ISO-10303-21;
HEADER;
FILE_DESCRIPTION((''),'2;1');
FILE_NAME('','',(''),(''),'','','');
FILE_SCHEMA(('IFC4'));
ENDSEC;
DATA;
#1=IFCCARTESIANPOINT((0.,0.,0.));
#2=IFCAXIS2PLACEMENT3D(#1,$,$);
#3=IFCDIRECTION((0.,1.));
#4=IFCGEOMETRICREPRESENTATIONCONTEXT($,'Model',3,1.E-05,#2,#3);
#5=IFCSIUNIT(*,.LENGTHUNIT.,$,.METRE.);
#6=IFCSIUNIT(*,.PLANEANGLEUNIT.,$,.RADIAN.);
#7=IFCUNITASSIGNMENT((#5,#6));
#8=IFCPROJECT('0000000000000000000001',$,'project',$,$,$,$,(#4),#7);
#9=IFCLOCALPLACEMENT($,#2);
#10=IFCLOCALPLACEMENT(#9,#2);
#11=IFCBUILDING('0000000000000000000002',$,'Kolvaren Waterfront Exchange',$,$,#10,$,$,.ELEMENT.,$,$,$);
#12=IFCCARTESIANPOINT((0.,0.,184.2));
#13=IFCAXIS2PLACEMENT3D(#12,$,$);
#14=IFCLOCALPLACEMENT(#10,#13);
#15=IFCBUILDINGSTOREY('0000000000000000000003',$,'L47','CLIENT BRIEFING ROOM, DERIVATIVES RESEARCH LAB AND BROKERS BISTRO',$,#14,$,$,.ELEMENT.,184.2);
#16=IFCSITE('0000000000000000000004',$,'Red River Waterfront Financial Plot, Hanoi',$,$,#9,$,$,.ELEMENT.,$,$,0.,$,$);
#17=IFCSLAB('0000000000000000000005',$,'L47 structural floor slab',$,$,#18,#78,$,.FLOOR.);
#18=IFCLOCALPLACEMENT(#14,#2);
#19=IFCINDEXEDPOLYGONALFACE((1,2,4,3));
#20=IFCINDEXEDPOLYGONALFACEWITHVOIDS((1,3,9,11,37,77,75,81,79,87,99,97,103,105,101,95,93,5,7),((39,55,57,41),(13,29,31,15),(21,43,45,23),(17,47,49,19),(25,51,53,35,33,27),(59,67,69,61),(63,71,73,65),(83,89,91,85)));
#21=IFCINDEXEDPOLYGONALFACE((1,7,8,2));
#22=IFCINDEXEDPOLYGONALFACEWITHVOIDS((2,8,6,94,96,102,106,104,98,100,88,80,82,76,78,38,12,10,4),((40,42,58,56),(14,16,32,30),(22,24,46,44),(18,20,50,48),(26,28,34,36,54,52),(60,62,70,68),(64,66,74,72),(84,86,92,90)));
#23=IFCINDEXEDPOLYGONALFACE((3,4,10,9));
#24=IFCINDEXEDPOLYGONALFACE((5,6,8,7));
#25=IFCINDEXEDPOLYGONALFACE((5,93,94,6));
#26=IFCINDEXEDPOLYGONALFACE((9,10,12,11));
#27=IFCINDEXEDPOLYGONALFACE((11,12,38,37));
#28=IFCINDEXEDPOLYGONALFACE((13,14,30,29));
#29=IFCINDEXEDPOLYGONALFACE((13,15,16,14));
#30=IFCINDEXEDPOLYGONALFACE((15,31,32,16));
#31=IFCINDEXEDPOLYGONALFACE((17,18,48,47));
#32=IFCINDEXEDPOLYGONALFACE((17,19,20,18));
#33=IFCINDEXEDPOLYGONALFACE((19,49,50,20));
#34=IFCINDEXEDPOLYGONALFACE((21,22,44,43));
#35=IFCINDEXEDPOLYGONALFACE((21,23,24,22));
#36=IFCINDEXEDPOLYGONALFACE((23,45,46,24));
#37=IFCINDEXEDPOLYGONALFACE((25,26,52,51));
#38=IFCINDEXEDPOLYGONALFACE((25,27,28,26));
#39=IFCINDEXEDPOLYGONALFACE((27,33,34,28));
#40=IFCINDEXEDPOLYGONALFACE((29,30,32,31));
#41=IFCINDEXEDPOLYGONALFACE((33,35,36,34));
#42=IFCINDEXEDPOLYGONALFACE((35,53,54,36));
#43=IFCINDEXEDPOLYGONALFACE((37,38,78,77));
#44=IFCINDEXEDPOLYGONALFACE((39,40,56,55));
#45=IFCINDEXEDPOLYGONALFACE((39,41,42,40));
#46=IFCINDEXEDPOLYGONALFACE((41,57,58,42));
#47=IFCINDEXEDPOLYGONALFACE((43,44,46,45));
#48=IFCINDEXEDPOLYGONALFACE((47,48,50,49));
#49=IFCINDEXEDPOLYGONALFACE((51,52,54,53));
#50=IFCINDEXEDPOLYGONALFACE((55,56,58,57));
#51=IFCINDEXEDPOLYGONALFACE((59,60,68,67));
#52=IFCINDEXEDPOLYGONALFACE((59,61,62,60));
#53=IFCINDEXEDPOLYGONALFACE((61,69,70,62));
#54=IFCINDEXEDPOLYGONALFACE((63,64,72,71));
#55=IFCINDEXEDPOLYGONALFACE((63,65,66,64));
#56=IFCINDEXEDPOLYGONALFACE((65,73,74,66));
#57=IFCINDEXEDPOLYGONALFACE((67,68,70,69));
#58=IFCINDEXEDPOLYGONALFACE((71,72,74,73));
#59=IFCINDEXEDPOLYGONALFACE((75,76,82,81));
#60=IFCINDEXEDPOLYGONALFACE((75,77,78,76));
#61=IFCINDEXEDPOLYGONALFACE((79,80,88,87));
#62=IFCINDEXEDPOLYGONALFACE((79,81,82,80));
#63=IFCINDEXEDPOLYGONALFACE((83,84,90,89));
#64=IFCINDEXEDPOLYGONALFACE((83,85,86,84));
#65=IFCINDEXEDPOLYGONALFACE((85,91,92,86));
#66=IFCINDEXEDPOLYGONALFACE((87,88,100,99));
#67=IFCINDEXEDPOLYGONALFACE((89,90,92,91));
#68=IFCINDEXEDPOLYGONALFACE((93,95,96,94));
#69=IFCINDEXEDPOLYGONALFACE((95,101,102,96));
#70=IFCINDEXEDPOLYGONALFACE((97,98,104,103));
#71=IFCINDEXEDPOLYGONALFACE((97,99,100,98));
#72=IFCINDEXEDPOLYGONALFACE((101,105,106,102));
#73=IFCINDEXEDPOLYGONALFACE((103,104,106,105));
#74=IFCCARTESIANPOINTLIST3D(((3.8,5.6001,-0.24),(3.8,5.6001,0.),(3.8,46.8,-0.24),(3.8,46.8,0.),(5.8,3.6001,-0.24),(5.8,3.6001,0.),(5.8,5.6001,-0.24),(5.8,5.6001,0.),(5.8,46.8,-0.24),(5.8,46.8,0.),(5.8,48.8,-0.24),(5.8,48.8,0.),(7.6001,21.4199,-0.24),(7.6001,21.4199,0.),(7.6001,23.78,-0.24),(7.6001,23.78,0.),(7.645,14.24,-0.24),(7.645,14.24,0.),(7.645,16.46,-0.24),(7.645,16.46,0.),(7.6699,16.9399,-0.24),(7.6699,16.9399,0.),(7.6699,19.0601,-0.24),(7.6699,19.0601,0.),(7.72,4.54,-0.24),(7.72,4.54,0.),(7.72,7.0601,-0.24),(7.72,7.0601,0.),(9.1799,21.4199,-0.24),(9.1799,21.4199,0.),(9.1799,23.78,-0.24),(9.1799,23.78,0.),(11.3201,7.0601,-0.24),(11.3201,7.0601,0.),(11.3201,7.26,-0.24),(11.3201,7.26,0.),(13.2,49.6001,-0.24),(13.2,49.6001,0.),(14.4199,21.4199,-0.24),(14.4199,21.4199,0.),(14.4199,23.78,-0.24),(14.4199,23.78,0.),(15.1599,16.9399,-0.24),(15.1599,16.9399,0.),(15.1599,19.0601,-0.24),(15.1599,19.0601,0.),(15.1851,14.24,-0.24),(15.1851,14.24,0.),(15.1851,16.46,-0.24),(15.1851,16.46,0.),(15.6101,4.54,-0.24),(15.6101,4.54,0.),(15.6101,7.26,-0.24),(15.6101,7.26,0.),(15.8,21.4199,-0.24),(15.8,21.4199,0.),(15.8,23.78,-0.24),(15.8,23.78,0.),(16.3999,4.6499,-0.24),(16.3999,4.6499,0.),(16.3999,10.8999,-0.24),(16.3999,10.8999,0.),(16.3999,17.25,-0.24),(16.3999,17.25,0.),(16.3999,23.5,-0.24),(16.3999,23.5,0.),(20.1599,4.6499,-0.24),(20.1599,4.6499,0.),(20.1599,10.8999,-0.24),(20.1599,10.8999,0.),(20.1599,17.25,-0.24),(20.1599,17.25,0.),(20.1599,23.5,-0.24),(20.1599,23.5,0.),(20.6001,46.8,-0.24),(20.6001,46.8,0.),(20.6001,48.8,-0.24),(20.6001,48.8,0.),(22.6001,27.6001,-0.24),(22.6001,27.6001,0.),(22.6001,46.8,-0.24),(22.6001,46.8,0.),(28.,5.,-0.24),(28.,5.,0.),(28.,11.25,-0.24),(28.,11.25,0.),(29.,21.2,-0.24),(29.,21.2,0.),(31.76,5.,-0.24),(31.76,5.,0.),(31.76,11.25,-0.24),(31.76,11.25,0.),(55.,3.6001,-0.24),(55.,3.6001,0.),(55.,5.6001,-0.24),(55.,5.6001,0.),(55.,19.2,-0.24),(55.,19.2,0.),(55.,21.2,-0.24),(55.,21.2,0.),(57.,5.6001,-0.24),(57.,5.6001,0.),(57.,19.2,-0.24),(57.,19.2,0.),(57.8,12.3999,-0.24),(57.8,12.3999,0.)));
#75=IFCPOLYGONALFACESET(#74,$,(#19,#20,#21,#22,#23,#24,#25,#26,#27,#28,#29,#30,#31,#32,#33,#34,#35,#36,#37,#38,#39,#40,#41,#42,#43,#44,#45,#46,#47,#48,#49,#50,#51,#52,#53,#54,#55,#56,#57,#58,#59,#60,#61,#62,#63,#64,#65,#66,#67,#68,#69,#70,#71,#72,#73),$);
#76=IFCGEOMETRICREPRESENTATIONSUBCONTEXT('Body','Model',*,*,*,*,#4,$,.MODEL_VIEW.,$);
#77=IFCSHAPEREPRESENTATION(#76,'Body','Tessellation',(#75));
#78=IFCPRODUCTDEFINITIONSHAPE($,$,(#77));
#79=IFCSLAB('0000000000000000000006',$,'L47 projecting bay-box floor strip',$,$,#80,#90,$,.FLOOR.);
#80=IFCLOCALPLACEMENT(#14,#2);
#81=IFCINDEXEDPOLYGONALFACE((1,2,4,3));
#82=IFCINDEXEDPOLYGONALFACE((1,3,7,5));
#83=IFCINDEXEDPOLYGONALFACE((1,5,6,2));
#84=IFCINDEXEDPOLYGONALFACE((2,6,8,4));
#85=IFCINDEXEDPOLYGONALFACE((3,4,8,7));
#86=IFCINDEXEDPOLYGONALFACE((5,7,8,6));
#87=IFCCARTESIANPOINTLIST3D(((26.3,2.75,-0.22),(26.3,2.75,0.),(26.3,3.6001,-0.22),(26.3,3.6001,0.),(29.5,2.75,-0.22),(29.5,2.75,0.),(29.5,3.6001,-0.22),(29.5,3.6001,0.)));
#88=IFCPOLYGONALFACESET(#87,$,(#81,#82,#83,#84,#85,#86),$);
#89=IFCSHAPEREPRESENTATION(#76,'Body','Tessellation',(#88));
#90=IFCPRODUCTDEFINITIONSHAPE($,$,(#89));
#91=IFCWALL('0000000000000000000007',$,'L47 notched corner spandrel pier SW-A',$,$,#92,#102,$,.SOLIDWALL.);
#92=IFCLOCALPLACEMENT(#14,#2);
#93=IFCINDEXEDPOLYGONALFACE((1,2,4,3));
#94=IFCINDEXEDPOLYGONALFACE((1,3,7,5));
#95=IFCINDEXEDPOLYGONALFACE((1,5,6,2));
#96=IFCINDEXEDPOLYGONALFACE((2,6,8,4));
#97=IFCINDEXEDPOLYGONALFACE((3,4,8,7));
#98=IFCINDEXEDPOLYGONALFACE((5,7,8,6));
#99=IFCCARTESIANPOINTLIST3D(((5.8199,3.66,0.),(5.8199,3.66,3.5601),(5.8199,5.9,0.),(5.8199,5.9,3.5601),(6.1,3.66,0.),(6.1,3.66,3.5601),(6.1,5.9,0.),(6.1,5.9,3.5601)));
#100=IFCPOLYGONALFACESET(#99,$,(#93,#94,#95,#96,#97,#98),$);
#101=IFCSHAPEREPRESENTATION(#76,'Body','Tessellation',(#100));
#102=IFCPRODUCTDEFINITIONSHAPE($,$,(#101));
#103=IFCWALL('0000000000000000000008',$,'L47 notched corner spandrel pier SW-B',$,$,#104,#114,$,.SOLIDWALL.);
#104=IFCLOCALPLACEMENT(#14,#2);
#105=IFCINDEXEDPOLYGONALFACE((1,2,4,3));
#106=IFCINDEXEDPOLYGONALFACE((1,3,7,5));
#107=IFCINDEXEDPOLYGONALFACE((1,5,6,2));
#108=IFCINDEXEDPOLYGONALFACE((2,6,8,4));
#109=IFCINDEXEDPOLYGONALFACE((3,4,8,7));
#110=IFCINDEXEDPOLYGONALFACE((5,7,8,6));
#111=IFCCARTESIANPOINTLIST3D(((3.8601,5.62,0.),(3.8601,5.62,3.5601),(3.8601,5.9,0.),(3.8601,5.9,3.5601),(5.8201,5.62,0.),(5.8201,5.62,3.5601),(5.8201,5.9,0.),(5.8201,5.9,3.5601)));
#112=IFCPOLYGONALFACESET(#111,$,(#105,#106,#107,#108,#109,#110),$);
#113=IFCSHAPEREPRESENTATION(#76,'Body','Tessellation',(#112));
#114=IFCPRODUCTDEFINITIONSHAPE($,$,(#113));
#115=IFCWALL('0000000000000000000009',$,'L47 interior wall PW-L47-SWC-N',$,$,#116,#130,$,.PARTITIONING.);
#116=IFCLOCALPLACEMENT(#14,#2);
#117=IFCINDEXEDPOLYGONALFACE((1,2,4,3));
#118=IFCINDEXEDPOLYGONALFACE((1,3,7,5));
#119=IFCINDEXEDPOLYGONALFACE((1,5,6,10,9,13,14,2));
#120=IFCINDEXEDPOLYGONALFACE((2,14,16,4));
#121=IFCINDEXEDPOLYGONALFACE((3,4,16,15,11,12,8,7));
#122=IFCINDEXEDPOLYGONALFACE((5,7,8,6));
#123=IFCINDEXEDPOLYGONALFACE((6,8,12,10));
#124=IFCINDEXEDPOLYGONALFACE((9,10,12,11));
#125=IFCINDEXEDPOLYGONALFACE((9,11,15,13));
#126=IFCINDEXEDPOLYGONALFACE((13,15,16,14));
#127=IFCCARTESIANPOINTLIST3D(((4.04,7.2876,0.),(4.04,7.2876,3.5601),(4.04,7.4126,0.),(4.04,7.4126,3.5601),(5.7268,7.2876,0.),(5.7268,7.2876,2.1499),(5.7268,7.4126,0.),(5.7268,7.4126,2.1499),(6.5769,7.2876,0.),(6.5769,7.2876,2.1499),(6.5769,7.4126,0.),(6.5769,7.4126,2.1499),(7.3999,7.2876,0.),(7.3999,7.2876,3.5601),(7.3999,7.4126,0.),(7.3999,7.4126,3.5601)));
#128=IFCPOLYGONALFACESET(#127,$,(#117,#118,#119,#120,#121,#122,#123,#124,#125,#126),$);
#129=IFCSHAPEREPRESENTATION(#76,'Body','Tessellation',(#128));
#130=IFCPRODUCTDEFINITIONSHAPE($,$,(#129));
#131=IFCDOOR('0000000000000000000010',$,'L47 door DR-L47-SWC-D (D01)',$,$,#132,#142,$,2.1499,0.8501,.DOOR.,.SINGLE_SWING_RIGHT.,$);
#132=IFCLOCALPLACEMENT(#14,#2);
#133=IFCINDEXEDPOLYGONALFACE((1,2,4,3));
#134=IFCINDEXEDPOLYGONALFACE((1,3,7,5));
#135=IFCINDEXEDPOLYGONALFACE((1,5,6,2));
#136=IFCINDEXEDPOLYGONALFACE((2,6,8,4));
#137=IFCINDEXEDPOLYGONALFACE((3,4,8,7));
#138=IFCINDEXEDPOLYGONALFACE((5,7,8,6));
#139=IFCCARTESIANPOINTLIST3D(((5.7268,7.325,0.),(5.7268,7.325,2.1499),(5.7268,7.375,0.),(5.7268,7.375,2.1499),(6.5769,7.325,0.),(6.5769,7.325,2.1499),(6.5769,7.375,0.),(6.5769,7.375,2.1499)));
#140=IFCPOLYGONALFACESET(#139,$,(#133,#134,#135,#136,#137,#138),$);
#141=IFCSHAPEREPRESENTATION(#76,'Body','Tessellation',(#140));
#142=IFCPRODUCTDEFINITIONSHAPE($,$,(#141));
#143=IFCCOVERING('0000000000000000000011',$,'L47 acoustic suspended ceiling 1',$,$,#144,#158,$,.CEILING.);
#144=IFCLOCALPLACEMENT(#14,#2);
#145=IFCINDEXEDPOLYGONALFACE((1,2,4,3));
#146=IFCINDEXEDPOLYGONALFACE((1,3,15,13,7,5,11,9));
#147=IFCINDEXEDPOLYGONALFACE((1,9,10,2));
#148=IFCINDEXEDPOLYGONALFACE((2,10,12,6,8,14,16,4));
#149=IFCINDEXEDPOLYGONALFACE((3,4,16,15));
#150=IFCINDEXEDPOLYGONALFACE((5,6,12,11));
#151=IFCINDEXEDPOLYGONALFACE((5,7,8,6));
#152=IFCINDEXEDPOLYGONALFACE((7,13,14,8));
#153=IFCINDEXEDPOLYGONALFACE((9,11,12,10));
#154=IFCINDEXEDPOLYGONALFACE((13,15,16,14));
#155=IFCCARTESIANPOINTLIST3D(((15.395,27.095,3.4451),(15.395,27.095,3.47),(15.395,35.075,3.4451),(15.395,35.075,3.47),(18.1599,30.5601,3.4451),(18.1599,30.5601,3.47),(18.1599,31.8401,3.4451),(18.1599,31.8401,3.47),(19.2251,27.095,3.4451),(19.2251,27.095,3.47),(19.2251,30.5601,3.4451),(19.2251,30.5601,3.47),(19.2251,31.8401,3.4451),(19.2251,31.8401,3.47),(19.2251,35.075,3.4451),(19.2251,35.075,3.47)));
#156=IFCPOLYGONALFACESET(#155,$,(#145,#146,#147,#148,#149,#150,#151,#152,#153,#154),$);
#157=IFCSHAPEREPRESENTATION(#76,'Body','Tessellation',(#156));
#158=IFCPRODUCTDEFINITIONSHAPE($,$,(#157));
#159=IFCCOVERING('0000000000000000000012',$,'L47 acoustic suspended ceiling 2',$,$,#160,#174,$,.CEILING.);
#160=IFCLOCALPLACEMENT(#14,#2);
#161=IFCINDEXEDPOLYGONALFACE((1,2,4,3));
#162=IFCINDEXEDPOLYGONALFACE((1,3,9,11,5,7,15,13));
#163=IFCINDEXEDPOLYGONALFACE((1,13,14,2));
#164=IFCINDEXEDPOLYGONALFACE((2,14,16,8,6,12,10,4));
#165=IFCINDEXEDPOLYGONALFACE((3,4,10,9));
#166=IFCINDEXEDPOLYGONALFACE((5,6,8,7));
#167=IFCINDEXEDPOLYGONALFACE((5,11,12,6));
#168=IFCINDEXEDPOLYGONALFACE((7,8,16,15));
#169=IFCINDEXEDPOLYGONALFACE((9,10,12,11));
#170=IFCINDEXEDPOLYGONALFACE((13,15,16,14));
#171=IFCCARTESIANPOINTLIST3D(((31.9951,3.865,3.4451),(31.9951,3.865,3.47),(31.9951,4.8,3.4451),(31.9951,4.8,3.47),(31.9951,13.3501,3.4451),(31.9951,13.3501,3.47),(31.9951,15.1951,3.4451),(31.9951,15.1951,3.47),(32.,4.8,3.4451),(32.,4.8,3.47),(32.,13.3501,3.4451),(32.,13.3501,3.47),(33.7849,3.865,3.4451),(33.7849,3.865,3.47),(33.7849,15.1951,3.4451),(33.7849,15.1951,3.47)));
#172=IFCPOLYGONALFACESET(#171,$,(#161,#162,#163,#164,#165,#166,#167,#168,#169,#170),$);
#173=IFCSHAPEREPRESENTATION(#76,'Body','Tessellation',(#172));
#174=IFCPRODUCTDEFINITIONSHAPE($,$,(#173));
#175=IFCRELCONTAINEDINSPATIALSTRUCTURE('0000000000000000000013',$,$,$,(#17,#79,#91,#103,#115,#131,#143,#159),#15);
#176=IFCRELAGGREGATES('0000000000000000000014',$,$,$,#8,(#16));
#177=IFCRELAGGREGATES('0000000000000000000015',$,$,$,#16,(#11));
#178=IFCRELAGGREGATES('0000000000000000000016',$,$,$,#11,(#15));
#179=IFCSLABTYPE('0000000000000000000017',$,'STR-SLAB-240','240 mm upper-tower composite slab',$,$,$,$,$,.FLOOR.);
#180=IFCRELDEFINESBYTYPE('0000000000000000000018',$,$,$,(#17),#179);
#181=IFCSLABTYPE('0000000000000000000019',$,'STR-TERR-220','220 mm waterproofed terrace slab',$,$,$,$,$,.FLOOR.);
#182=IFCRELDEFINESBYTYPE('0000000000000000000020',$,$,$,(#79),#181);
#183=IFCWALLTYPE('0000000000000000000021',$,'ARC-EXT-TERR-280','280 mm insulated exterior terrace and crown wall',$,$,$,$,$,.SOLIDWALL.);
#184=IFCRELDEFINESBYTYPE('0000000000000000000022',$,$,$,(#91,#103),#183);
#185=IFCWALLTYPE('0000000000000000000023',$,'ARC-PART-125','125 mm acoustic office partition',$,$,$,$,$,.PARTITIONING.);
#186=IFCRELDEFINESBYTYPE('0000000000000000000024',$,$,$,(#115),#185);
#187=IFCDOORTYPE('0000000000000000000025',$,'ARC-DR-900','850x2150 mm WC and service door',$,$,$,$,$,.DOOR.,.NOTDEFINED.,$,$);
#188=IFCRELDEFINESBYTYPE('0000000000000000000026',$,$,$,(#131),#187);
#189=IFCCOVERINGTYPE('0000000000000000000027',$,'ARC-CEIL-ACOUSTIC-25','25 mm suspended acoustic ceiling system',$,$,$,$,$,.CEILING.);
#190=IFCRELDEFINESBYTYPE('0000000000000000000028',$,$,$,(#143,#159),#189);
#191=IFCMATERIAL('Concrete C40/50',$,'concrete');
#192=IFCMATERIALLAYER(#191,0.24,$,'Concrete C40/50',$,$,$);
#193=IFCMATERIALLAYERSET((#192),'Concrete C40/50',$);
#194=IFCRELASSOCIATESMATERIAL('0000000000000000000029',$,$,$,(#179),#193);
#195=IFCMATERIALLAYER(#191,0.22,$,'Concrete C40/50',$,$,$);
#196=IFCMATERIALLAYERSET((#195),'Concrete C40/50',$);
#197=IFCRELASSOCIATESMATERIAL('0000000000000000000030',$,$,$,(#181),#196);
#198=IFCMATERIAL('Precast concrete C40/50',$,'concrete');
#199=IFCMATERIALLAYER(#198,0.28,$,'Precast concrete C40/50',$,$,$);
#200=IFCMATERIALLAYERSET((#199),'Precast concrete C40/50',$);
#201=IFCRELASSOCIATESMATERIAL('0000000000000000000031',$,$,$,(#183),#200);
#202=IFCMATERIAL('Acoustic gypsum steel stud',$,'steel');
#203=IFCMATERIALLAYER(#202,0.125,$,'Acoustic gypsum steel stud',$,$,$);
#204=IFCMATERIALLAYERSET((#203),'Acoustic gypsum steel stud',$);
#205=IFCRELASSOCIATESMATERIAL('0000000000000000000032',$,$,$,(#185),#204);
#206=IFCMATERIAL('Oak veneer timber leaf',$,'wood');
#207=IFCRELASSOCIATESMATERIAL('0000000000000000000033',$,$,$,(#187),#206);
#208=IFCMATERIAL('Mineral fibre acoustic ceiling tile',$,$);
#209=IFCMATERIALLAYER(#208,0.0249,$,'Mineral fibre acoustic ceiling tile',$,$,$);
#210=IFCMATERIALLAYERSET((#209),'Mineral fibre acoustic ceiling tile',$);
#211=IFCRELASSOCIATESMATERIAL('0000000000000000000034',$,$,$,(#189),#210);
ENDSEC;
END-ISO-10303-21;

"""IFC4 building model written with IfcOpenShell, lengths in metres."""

from ifc_helpers import new_model, si_unit, direction, frame, frame_2d, origin, place, context, subcontext, project, spatial, polyline, rectangle, outline, extrude, material, layer, layer_set, type_object, element, fill, save


model = new_model("IFC4")

# Units and contexts
model_context = context("Model", 3, precision=1e-05, world=origin(), true_north=direction((0.0, 1.0)))
body_context = subcontext(model_context, "Body", "Model", "MODEL_VIEW")
ifc_project = project(units=[si_unit("LENGTHUNIT", "METRE"), si_unit("PLANEANGLEUNIT", "RADIAN")], contexts=[model_context])

# Site, building, storey
site_placement = place(None, origin())
site = spatial("IfcSite", under=ifc_project, at=site_placement, Name="Red River Waterfront Financial Plot, Hanoi", CompositionType="ELEMENT", RefElevation=0.0)
building_placement = place(site_placement, origin())
building = spatial("IfcBuilding", under=site, at=building_placement, Name="Kolvaren Waterfront Exchange", CompositionType="ELEMENT")
storey_placement = place(building_placement, frame((0.0, 0.0, 184.2)))
storey = spatial("IfcBuildingStorey", under=building, at=storey_placement, Name="L47", Description="CLIENT BRIEFING ROOM, DERIVATIVES RESEARCH LAB AND BROKERS BISTRO", CompositionType="ELEMENT", Elevation=184.2)

# Shared definitions
ifc_material_1 = material(Name="Concrete C40/50", Category="concrete")

# Slabs
ifc_layer_1 = layer(ifc_material_1, 0.24, Name="Concrete C40/50")
ifc_layer_set_1 = layer_set([ifc_layer_1], Name="Concrete C40/50")
slab_type_1 = type_object("IfcSlabType", Name="STR-SLAB-240", Description="240 mm upper-tower composite slab", PredefinedType="FLOOR", material=ifc_layer_set_1)
slab_1_placement = place(storey_placement, frame((0.0, 0.0, -0.24)))
element("IfcSlab", 1, at=slab_1_placement, inside=storey, type_object=slab_type_1, Name="L47 structural floor slab", PredefinedType="FLOOR", context=body_context, shape_type="SweptSolid", body=[
    extrude(outline(polyline([(5.8, 3.6001), (55.0, 3.6001), (55.0, 5.6001), (57.0, 5.6001), (57.8, 12.3999), (57.0, 19.2), (55.0, 19.2), (55.0, 21.2), (29.0, 21.2), (22.6001, 27.6001), (22.6001, 46.8), (20.6001, 46.8), (20.6001, 48.8), (13.2, 49.6001), (5.8, 48.8), (5.8, 46.8), (3.8, 46.8), (3.8, 5.6001), (5.8, 5.6001), (5.8, 3.6001)]), holes=[polyline([(11.3201, 7.26), (15.6101, 7.26), (15.6101, 4.54), (7.72, 4.54), (7.72, 7.0601), (11.3201, 7.0601), (11.3201, 7.26)]), polyline([(20.1599, 10.8999), (20.1599, 4.6499), (16.3999, 4.6499), (16.3999, 10.8999), (20.1599, 10.8999)]), polyline([(31.76, 11.25), (31.76, 5.0), (28.0, 5.0), (28.0, 11.25), (31.76, 11.25)]), polyline([(15.1851, 14.24), (7.645, 14.24), (7.645, 16.46), (15.1851, 16.46), (15.1851, 14.24)]), polyline([(15.1599, 16.9399), (7.6699, 16.9399), (7.6699, 19.0601), (15.1599, 19.0601), (15.1599, 16.9399)]), polyline([(16.3999, 23.5), (20.1599, 23.5), (20.1599, 17.25), (16.3999, 17.25), (16.3999, 23.5)]), polyline([(7.6001, 23.78), (9.1799, 23.78), (9.1799, 21.4199), (7.6001, 21.4199), (7.6001, 23.78)]), polyline([(15.8, 23.78), (15.8, 21.4199), (14.4199, 21.4199), (14.4199, 23.78), (15.8, 23.78)])]), origin(), (0.0, 0.0, 1.0), 0.24),
])
ifc_layer_2 = layer(ifc_material_1, 0.22, Name="Concrete C40/50")
ifc_layer_set_2 = layer_set([ifc_layer_2], Name="Concrete C40/50")
slab_type_2 = type_object("IfcSlabType", Name="STR-TERR-220", Description="220 mm waterproofed terrace slab", PredefinedType="FLOOR", material=ifc_layer_set_2)
slab_2_placement = place(storey_placement, frame((0.0, 0.0, -0.22)))
element("IfcSlab", 2, at=slab_2_placement, inside=storey, type_object=slab_type_2, Name="L47 projecting bay-box floor strip", PredefinedType="FLOOR", context=body_context, shape_type="SweptSolid", body=[
    extrude(outline(polyline([(26.3, 2.75), (29.5, 2.75), (29.5, 3.6001), (26.3, 3.6001), (26.3, 2.75)])), origin(), (0.0, 0.0, 1.0), 0.22),
])

# Walls
ifc_material_2 = material(Name="Precast concrete C40/50", Category="concrete")
ifc_layer_3 = layer(ifc_material_2, 0.28, Name="Precast concrete C40/50")
ifc_layer_set_3 = layer_set([ifc_layer_3], Name="Precast concrete C40/50")
wall_type_1 = type_object("IfcWallType", Name="ARC-EXT-TERR-280", Description="280 mm insulated exterior terrace and crown wall", PredefinedType="SOLIDWALL", material=ifc_layer_set_3)
wall_1_placement = place(storey_placement, frame((5.96, 3.6599, 0.0), z_axis=(0.0, 0.0, 1.0), x_axis=(0.0, 1.0, 0.0)))
element("IfcWall", 3, at=wall_1_placement, inside=storey, type_object=wall_type_1, Name="L47 notched corner spandrel pier SW-A", PredefinedType="SOLIDWALL", context=body_context, shape_type="SweptSolid", body=[
    extrude(rectangle(XDim=2.24, YDim=0.28, at=frame_2d((1.1201, 0.0))), origin(), (0.0, 0.0, 1.0), 3.5601),
])
wall_2_placement = place(storey_placement, frame((3.8601, 5.76, 0.0), z_axis=(0.0, 0.0, 1.0), x_axis=(1.0, 0.0, 0.0)))
element("IfcWall", 4, at=wall_2_placement, inside=storey, type_object=wall_type_1, Name="L47 notched corner spandrel pier SW-B", PredefinedType="SOLIDWALL", context=body_context, shape_type="SweptSolid", body=[
    extrude(rectangle(XDim=1.96, YDim=0.28, at=frame_2d((0.98, 0.0))), origin(), (0.0, 0.0, 1.0), 3.5601),
])

# Wall, opening, door
ifc_material_3 = material(Name="Acoustic gypsum steel stud", Category="steel")
ifc_layer_4 = layer(ifc_material_3, 0.125, Name="Acoustic gypsum steel stud")
ifc_layer_set_4 = layer_set([ifc_layer_4], Name="Acoustic gypsum steel stud")
wall_type_2 = type_object("IfcWallType", Name="ARC-PART-125", Description="125 mm acoustic office partition", PredefinedType="PARTITIONING", material=ifc_layer_set_4)
wall_3_placement = place(storey_placement, frame((4.04, 7.3501, 0.0), z_axis=(0.0, 0.0, 1.0), x_axis=(1.0, 0.0, 0.0)))
wall_3 = element("IfcWall", 5, at=wall_3_placement, inside=storey, type_object=wall_type_2, Name="L47 interior wall PW-L47-SWC-N", PredefinedType="PARTITIONING", context=body_context, shape_type="SweptSolid", body=[
    extrude(rectangle(XDim=3.3599, YDim=0.125, at=frame_2d((1.6799, 0.0))), origin(), (0.0, 0.0, 1.0), 3.5601),
])
opening_placement = place(wall_3_placement, frame((1.6868, 0.0, 0.0)))
opening = element("IfcOpeningElement", 6, at=opening_placement, cuts=wall_3, PredefinedType="OPENING", context=body_context, shape_type="SweptSolid", body=[
    extrude(rectangle(XDim=0.8501, YDim=2.1499, at=frame_2d((0.425, 1.075))), frame((0.0, 0.0725, 0.0), z_axis=(0.0, -1.0, 0.0), x_axis=(1.0, 0.0, 0.0)), (0.0, 0.0, 1.0), 0.145),
])
ifc_material_4 = material(Name="Oak veneer timber leaf", Category="wood")
door_type = type_object("IfcDoorType", Name="ARC-DR-900", Description="850x2150 mm WC and service door", OperationType="NOTDEFINED", PredefinedType="DOOR", material=ifc_material_4)
door_placement = place(opening_placement, origin())
door = element("IfcDoor", 7, at=door_placement, inside=storey, type_object=door_type, Name="L47 door DR-L47-SWC-D (D01)", OperationType="SINGLE_SWING_RIGHT", OverallHeight=2.1499, OverallWidth=0.8501, PredefinedType="DOOR", context=body_context, shape_type="SweptSolid", body=[
    extrude(rectangle(XDim=0.8501, YDim=2.1499, at=frame_2d((0.425, 1.075))), frame((0.0, 0.0249, 0.0), z_axis=(0.0, -1.0, 0.0), x_axis=(1.0, 0.0, 0.0)), (0.0, 0.0, 1.0), 0.05),
])
fill(opening, door)

# Coverings
ifc_material_5 = material(Name="Mineral fibre acoustic ceiling tile")
ifc_layer_5 = layer(ifc_material_5, 0.0249, Name="Mineral fibre acoustic ceiling tile")
ifc_layer_set_5 = layer_set([ifc_layer_5], Name="Mineral fibre acoustic ceiling tile")
covering_type_1 = type_object("IfcCoveringType", Name="ARC-CEIL-ACOUSTIC-25", Description="25 mm suspended acoustic ceiling system", PredefinedType="CEILING", material=ifc_layer_set_5)
covering_1_placement = place(storey_placement, frame((0.0, 0.0, 3.4451)))
element("IfcCovering", 8, at=covering_1_placement, inside=storey, type_object=covering_type_1, Name="L47 acoustic suspended ceiling 1", PredefinedType="CEILING", context=body_context, shape_type="SweptSolid", body=[
    extrude(outline(polyline([(19.2251, 30.5601), (18.1599, 30.5601), (18.1599, 31.8401), (19.2251, 31.8401), (19.2251, 35.075), (15.395, 35.075), (15.395, 27.095), (19.2251, 27.095), (19.2251, 30.5601)])), origin(), (0.0, 0.0, 1.0), 0.0249),
])
covering_2_placement = place(storey_placement, frame((0.0, 0.0, 3.4451)))
element("IfcCovering", 9, at=covering_2_placement, inside=storey, type_object=covering_type_1, Name="L47 acoustic suspended ceiling 2", PredefinedType="CEILING", context=body_context, shape_type="SweptSolid", body=[
    extrude(outline(polyline([(33.7849, 3.865), (33.7849, 15.1951), (31.9951, 15.1951), (31.9951, 13.3501), (32.0, 13.3501), (32.0, 4.8), (31.9951, 4.8), (31.9951, 3.865), (33.7849, 3.865)])), origin(), (0.0, 0.0, 1.0), 0.0249),
])

save(model, "model.ifc")
